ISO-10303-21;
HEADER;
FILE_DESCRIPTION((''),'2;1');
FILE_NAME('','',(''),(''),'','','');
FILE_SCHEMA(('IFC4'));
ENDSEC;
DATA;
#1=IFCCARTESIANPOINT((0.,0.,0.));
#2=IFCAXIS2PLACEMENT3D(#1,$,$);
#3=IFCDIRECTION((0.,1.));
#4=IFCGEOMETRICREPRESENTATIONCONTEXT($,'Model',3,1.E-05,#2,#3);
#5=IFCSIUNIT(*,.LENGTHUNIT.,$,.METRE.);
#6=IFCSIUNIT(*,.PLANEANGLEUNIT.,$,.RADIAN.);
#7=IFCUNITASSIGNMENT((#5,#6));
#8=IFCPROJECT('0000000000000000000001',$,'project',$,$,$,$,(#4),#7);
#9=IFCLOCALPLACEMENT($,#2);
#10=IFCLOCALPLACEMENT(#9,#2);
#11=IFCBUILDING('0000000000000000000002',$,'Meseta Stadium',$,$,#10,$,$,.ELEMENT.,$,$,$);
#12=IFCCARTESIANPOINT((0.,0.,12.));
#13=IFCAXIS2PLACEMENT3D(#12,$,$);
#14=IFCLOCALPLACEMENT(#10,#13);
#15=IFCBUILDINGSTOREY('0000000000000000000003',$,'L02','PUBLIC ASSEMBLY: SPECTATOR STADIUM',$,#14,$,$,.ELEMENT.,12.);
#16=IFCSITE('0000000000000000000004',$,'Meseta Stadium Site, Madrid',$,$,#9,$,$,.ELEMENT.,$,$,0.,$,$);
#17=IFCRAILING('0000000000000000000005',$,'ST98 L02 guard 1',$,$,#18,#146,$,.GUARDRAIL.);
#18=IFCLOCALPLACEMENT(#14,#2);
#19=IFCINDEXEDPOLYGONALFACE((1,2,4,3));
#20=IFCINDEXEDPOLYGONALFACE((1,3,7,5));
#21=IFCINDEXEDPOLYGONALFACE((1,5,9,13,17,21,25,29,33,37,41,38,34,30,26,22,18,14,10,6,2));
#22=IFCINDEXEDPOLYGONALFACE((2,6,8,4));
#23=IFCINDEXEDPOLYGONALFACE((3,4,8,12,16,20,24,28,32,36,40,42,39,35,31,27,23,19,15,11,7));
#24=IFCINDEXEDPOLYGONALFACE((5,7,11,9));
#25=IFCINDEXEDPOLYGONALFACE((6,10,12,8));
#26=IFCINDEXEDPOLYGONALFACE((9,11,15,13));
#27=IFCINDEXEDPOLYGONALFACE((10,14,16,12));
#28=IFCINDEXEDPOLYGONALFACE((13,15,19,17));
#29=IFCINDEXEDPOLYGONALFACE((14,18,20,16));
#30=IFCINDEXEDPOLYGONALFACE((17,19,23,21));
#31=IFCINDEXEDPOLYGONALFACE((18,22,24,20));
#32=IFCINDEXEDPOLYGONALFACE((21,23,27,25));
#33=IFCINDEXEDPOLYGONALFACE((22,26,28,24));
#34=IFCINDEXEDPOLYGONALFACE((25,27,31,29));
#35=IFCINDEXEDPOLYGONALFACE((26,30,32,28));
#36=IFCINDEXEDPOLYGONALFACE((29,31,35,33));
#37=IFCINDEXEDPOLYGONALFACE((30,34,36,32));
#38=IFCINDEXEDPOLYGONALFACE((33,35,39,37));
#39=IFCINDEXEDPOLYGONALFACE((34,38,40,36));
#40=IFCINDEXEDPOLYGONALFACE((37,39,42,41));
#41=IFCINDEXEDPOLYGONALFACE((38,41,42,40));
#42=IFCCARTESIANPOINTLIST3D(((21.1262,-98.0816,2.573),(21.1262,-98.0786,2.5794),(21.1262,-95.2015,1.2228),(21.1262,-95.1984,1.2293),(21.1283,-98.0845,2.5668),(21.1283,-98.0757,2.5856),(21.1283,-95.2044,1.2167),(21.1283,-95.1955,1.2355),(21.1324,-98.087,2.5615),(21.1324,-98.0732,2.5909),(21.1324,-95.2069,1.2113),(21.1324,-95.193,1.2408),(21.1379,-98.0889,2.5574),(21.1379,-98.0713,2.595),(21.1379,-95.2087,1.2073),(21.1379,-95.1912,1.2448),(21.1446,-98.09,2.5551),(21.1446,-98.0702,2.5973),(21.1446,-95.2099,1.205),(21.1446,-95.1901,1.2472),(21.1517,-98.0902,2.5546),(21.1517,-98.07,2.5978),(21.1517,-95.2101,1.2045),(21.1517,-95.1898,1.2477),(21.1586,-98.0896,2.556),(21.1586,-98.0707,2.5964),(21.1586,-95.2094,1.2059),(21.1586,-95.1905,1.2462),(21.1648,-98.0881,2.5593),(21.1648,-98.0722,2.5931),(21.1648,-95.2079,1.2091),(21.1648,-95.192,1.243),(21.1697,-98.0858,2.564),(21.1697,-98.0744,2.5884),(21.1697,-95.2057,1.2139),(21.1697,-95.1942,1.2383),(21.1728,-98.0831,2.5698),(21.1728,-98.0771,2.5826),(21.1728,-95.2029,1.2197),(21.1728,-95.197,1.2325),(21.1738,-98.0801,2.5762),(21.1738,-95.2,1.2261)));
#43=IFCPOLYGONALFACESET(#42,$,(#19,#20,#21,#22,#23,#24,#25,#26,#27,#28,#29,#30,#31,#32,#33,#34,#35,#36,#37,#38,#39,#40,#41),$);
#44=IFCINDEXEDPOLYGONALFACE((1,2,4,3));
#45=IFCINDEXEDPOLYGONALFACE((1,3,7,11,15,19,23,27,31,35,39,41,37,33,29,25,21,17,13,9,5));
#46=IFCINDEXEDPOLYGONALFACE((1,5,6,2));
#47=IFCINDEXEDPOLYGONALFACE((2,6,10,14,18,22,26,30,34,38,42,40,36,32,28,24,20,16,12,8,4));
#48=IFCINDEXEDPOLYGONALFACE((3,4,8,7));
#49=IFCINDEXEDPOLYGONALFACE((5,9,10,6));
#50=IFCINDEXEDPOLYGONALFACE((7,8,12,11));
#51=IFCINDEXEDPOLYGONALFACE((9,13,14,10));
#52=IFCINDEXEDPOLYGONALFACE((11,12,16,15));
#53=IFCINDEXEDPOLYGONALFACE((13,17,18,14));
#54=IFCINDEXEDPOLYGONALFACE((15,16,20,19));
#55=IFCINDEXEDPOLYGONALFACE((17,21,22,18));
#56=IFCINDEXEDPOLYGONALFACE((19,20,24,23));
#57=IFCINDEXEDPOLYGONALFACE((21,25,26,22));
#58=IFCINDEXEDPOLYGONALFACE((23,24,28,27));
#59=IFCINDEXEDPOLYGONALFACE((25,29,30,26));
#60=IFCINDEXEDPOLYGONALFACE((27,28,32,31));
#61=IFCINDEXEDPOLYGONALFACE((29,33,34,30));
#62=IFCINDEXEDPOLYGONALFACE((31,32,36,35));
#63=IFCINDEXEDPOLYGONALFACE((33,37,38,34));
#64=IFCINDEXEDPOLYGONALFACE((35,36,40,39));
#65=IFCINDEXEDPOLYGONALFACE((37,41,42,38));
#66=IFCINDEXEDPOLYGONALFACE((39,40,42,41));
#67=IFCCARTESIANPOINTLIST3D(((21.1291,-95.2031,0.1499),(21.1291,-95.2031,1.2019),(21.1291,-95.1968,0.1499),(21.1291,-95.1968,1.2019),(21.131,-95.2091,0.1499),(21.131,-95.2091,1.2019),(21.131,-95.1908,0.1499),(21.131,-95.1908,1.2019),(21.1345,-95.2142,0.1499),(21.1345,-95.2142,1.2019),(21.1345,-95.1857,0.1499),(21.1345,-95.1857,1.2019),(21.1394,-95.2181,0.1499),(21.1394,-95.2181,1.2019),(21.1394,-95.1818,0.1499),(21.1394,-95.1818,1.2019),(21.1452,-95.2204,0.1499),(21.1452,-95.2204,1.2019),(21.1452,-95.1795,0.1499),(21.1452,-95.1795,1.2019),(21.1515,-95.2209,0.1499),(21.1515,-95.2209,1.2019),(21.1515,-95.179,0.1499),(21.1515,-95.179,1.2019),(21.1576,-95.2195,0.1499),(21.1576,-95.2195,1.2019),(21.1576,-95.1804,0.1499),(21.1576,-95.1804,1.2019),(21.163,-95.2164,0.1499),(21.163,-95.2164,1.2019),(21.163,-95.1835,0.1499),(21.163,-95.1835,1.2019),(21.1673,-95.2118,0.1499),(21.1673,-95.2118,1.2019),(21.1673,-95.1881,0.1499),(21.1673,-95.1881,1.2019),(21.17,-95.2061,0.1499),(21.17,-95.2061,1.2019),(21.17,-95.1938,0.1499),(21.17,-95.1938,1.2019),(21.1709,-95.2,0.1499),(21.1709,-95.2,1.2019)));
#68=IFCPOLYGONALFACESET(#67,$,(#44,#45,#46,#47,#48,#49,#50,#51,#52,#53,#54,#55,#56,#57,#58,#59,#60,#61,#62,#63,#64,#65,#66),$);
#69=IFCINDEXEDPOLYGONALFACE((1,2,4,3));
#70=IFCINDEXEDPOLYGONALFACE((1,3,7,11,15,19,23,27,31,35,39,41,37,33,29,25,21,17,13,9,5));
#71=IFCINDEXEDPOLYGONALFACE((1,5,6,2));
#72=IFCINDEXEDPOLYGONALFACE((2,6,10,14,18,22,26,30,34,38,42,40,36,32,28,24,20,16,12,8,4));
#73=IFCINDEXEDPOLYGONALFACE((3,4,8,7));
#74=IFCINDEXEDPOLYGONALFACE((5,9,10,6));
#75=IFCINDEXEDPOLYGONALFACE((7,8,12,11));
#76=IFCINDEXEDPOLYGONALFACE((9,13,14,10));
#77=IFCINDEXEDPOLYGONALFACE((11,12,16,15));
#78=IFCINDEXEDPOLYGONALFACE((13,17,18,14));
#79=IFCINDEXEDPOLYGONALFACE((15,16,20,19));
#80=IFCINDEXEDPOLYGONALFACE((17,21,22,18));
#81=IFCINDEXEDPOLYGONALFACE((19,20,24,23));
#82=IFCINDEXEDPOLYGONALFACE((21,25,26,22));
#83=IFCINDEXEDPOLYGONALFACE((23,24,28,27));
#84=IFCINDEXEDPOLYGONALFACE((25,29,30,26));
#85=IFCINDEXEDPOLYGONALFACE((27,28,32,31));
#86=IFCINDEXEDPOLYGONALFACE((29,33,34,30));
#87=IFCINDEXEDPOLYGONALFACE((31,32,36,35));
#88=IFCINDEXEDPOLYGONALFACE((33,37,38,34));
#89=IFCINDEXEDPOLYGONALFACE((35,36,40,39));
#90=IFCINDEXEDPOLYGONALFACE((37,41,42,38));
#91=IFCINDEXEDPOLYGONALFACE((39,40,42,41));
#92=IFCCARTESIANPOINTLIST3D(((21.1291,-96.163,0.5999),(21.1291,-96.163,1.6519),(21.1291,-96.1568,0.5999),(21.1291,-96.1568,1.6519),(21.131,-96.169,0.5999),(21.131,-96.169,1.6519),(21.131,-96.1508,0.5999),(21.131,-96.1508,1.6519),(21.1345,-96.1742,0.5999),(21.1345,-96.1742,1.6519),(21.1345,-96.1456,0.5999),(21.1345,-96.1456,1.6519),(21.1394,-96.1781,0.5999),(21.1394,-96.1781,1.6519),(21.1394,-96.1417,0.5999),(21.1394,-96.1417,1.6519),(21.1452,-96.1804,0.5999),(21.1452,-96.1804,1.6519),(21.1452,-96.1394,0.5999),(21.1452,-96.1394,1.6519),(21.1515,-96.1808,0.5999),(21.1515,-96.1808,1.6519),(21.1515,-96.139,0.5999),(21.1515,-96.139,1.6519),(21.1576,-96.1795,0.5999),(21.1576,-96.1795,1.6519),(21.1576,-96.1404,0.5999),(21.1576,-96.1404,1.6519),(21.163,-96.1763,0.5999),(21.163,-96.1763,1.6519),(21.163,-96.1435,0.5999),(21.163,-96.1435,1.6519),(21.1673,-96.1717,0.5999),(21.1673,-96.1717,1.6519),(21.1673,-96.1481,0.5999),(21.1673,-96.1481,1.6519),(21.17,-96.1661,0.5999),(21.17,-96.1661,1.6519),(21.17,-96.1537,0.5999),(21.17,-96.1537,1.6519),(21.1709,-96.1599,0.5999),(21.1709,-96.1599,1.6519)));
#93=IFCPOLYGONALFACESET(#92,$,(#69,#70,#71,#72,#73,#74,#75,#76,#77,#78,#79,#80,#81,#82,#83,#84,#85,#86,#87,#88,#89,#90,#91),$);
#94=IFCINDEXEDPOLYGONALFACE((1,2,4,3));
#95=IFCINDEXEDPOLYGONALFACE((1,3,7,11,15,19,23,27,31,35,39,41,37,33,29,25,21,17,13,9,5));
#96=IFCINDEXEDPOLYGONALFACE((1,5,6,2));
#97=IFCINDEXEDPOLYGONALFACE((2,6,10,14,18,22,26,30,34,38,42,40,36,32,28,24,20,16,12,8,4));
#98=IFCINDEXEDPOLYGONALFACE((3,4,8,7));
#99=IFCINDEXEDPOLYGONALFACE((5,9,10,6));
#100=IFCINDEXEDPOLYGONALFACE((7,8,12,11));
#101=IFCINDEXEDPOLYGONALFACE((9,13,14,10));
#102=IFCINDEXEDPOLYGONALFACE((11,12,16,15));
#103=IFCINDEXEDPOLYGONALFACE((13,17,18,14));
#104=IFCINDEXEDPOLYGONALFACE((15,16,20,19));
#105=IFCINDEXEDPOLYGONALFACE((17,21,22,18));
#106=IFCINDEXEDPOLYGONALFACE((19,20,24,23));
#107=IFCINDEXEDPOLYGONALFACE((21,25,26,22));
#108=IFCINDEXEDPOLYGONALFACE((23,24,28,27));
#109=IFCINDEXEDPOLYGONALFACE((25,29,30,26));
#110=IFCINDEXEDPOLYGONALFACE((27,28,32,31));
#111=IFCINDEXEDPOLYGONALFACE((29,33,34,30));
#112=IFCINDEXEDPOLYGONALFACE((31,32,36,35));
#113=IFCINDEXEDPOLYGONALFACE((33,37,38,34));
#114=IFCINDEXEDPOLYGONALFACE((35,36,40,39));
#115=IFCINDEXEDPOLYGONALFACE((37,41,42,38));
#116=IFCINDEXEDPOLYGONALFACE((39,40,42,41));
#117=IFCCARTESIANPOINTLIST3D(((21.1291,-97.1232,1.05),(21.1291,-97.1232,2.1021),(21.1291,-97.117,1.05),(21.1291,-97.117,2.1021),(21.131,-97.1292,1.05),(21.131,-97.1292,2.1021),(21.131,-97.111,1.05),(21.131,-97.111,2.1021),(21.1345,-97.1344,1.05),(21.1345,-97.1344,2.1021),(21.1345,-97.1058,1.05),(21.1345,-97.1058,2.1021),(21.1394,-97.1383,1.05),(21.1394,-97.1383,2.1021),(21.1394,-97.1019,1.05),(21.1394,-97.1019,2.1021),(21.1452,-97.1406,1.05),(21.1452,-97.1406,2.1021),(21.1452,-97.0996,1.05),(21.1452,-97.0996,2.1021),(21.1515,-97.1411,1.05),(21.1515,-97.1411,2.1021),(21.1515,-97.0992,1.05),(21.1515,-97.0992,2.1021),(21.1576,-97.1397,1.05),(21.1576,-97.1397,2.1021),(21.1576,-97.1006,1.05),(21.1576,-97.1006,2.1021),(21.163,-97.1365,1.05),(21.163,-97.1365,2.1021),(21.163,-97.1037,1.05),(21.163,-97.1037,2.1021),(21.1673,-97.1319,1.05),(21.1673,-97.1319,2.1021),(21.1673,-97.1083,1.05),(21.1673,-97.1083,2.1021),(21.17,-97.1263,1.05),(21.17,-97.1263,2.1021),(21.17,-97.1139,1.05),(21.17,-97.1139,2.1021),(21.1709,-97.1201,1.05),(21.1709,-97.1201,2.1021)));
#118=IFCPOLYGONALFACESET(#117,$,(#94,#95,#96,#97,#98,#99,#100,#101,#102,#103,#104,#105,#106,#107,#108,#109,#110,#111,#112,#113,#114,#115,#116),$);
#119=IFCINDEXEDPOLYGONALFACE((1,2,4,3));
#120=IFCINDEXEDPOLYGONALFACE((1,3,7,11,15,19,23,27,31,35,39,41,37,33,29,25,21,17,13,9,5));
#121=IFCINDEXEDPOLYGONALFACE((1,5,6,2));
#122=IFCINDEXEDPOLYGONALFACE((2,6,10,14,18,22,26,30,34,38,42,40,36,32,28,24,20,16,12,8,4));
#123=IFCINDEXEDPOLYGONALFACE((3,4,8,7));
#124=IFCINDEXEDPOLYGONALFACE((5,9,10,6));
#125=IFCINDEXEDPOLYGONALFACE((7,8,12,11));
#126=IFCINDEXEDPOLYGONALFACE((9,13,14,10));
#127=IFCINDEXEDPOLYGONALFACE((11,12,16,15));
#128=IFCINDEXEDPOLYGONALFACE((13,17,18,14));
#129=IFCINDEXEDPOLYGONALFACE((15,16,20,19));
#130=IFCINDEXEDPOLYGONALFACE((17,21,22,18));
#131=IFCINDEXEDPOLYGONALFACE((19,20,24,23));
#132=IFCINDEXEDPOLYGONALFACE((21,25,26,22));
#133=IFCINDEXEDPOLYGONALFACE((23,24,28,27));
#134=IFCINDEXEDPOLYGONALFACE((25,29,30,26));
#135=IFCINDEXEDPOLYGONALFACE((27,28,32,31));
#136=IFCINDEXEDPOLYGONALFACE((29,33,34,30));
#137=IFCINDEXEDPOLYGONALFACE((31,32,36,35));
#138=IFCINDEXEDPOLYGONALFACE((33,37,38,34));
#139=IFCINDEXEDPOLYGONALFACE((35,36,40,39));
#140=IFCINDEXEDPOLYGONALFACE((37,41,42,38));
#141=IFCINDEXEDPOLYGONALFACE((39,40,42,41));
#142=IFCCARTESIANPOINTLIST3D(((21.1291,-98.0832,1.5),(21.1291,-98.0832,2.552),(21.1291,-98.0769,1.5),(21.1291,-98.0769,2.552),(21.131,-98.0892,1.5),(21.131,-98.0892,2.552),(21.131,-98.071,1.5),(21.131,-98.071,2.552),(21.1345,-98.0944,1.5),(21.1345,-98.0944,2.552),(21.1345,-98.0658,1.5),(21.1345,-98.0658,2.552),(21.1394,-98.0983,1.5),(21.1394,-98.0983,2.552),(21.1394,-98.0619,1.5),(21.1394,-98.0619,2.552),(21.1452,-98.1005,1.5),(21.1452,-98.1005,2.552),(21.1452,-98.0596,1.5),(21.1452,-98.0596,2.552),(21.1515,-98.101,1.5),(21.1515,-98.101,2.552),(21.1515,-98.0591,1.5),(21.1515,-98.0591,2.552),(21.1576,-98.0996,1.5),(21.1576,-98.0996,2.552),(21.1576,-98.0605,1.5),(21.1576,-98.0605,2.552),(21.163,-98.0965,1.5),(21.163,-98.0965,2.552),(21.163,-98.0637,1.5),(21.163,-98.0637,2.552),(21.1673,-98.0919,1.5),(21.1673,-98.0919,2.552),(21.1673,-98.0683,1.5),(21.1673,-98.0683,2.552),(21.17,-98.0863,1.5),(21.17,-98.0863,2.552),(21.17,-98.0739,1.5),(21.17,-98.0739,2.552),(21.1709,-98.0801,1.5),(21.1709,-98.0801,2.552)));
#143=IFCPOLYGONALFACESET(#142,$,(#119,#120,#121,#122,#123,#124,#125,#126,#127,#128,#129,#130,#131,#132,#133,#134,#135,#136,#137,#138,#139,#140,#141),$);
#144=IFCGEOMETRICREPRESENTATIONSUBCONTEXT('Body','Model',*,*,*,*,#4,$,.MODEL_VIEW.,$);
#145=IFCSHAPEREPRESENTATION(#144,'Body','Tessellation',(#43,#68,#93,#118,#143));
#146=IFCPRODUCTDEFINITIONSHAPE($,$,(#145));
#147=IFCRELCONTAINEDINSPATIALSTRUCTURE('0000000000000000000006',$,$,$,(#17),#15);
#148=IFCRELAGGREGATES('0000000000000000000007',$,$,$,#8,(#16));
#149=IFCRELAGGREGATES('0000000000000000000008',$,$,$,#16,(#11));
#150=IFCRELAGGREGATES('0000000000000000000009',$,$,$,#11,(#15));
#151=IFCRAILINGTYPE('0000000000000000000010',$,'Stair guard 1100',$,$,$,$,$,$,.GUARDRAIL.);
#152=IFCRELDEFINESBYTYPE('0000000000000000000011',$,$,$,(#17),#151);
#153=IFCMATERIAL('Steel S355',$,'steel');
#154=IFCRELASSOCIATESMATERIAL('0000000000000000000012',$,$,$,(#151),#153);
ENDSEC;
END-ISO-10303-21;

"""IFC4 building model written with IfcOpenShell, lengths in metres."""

from ifc_helpers import new_model, si_unit, direction, frame, origin, origin_2d, place, context, subcontext, project, spatial, circle, extrude, material, type_object, element, save


model = new_model("IFC4")

# Units and contexts
model_context = context("Model", 3, precision=1e-05, world=origin(), true_north=direction((0.0, 1.0)))
body_context = subcontext(model_context, "Body", "Model", "MODEL_VIEW")
ifc_project = project(units=[si_unit("LENGTHUNIT", "METRE"), si_unit("PLANEANGLEUNIT", "RADIAN")], contexts=[model_context])

# Site, building, storey
site_placement = place(None, origin())
site = spatial("IfcSite", under=ifc_project, at=site_placement, Name="Meseta Stadium Site, Madrid", CompositionType="ELEMENT", RefElevation=0.0)
building_placement = place(site_placement, origin())
building = spatial("IfcBuilding", under=site, at=building_placement, Name="Meseta Stadium", CompositionType="ELEMENT")
storey_placement = place(building_placement, frame((0.0, 0.0, 12.0)))
storey = spatial("IfcBuildingStorey", under=building, at=storey_placement, Name="L02", Description="PUBLIC ASSEMBLY: SPECTATOR STADIUM", CompositionType="ELEMENT", Elevation=12.0)

# Railing
ifc_material_1 = material(Name="Steel S355", Category="steel")
railing_type_1 = type_object("IfcRailingType", Name="Stair guard 1100", PredefinedType="GUARDRAIL", material=ifc_material_1)
railing_1_placement = place(storey_placement, frame((21.1499, -95.2, 0.1499)))
element("IfcRailing", 1, at=railing_1_placement, inside=storey, type_object=railing_type_1, Name="ST98 L02 guard 1", PredefinedType="GUARDRAIL", context=body_context, shape_type="SweptSolid", body=[
    extrude(circle(Radius=0.0239, at=origin_2d()), frame((0.0, 0.0, 1.0762), z_axis=(0.0, -0.905454, 0.424444), x_axis=(1.0, 0.0, 0.0)), (0.0, 0.0, 1.0), 3.1809),
    extrude(circle(Radius=0.021, at=origin_2d()), origin(), (0.0, 0.0, 1.0), 1.052),
    extrude(circle(Radius=0.021, at=origin_2d()), frame((0.0, -0.96, 0.45)), (0.0, 0.0, 1.0), 1.052),
    extrude(circle(Radius=0.021, at=origin_2d()), frame((0.0, -1.9202, 0.9001)), (0.0, 0.0, 1.0), 1.052),
    extrude(circle(Radius=0.021, at=origin_2d()), frame((0.0, -2.8801, 1.3501)), (0.0, 0.0, 1.0), 1.052),
])

save(model, "model.ifc")
